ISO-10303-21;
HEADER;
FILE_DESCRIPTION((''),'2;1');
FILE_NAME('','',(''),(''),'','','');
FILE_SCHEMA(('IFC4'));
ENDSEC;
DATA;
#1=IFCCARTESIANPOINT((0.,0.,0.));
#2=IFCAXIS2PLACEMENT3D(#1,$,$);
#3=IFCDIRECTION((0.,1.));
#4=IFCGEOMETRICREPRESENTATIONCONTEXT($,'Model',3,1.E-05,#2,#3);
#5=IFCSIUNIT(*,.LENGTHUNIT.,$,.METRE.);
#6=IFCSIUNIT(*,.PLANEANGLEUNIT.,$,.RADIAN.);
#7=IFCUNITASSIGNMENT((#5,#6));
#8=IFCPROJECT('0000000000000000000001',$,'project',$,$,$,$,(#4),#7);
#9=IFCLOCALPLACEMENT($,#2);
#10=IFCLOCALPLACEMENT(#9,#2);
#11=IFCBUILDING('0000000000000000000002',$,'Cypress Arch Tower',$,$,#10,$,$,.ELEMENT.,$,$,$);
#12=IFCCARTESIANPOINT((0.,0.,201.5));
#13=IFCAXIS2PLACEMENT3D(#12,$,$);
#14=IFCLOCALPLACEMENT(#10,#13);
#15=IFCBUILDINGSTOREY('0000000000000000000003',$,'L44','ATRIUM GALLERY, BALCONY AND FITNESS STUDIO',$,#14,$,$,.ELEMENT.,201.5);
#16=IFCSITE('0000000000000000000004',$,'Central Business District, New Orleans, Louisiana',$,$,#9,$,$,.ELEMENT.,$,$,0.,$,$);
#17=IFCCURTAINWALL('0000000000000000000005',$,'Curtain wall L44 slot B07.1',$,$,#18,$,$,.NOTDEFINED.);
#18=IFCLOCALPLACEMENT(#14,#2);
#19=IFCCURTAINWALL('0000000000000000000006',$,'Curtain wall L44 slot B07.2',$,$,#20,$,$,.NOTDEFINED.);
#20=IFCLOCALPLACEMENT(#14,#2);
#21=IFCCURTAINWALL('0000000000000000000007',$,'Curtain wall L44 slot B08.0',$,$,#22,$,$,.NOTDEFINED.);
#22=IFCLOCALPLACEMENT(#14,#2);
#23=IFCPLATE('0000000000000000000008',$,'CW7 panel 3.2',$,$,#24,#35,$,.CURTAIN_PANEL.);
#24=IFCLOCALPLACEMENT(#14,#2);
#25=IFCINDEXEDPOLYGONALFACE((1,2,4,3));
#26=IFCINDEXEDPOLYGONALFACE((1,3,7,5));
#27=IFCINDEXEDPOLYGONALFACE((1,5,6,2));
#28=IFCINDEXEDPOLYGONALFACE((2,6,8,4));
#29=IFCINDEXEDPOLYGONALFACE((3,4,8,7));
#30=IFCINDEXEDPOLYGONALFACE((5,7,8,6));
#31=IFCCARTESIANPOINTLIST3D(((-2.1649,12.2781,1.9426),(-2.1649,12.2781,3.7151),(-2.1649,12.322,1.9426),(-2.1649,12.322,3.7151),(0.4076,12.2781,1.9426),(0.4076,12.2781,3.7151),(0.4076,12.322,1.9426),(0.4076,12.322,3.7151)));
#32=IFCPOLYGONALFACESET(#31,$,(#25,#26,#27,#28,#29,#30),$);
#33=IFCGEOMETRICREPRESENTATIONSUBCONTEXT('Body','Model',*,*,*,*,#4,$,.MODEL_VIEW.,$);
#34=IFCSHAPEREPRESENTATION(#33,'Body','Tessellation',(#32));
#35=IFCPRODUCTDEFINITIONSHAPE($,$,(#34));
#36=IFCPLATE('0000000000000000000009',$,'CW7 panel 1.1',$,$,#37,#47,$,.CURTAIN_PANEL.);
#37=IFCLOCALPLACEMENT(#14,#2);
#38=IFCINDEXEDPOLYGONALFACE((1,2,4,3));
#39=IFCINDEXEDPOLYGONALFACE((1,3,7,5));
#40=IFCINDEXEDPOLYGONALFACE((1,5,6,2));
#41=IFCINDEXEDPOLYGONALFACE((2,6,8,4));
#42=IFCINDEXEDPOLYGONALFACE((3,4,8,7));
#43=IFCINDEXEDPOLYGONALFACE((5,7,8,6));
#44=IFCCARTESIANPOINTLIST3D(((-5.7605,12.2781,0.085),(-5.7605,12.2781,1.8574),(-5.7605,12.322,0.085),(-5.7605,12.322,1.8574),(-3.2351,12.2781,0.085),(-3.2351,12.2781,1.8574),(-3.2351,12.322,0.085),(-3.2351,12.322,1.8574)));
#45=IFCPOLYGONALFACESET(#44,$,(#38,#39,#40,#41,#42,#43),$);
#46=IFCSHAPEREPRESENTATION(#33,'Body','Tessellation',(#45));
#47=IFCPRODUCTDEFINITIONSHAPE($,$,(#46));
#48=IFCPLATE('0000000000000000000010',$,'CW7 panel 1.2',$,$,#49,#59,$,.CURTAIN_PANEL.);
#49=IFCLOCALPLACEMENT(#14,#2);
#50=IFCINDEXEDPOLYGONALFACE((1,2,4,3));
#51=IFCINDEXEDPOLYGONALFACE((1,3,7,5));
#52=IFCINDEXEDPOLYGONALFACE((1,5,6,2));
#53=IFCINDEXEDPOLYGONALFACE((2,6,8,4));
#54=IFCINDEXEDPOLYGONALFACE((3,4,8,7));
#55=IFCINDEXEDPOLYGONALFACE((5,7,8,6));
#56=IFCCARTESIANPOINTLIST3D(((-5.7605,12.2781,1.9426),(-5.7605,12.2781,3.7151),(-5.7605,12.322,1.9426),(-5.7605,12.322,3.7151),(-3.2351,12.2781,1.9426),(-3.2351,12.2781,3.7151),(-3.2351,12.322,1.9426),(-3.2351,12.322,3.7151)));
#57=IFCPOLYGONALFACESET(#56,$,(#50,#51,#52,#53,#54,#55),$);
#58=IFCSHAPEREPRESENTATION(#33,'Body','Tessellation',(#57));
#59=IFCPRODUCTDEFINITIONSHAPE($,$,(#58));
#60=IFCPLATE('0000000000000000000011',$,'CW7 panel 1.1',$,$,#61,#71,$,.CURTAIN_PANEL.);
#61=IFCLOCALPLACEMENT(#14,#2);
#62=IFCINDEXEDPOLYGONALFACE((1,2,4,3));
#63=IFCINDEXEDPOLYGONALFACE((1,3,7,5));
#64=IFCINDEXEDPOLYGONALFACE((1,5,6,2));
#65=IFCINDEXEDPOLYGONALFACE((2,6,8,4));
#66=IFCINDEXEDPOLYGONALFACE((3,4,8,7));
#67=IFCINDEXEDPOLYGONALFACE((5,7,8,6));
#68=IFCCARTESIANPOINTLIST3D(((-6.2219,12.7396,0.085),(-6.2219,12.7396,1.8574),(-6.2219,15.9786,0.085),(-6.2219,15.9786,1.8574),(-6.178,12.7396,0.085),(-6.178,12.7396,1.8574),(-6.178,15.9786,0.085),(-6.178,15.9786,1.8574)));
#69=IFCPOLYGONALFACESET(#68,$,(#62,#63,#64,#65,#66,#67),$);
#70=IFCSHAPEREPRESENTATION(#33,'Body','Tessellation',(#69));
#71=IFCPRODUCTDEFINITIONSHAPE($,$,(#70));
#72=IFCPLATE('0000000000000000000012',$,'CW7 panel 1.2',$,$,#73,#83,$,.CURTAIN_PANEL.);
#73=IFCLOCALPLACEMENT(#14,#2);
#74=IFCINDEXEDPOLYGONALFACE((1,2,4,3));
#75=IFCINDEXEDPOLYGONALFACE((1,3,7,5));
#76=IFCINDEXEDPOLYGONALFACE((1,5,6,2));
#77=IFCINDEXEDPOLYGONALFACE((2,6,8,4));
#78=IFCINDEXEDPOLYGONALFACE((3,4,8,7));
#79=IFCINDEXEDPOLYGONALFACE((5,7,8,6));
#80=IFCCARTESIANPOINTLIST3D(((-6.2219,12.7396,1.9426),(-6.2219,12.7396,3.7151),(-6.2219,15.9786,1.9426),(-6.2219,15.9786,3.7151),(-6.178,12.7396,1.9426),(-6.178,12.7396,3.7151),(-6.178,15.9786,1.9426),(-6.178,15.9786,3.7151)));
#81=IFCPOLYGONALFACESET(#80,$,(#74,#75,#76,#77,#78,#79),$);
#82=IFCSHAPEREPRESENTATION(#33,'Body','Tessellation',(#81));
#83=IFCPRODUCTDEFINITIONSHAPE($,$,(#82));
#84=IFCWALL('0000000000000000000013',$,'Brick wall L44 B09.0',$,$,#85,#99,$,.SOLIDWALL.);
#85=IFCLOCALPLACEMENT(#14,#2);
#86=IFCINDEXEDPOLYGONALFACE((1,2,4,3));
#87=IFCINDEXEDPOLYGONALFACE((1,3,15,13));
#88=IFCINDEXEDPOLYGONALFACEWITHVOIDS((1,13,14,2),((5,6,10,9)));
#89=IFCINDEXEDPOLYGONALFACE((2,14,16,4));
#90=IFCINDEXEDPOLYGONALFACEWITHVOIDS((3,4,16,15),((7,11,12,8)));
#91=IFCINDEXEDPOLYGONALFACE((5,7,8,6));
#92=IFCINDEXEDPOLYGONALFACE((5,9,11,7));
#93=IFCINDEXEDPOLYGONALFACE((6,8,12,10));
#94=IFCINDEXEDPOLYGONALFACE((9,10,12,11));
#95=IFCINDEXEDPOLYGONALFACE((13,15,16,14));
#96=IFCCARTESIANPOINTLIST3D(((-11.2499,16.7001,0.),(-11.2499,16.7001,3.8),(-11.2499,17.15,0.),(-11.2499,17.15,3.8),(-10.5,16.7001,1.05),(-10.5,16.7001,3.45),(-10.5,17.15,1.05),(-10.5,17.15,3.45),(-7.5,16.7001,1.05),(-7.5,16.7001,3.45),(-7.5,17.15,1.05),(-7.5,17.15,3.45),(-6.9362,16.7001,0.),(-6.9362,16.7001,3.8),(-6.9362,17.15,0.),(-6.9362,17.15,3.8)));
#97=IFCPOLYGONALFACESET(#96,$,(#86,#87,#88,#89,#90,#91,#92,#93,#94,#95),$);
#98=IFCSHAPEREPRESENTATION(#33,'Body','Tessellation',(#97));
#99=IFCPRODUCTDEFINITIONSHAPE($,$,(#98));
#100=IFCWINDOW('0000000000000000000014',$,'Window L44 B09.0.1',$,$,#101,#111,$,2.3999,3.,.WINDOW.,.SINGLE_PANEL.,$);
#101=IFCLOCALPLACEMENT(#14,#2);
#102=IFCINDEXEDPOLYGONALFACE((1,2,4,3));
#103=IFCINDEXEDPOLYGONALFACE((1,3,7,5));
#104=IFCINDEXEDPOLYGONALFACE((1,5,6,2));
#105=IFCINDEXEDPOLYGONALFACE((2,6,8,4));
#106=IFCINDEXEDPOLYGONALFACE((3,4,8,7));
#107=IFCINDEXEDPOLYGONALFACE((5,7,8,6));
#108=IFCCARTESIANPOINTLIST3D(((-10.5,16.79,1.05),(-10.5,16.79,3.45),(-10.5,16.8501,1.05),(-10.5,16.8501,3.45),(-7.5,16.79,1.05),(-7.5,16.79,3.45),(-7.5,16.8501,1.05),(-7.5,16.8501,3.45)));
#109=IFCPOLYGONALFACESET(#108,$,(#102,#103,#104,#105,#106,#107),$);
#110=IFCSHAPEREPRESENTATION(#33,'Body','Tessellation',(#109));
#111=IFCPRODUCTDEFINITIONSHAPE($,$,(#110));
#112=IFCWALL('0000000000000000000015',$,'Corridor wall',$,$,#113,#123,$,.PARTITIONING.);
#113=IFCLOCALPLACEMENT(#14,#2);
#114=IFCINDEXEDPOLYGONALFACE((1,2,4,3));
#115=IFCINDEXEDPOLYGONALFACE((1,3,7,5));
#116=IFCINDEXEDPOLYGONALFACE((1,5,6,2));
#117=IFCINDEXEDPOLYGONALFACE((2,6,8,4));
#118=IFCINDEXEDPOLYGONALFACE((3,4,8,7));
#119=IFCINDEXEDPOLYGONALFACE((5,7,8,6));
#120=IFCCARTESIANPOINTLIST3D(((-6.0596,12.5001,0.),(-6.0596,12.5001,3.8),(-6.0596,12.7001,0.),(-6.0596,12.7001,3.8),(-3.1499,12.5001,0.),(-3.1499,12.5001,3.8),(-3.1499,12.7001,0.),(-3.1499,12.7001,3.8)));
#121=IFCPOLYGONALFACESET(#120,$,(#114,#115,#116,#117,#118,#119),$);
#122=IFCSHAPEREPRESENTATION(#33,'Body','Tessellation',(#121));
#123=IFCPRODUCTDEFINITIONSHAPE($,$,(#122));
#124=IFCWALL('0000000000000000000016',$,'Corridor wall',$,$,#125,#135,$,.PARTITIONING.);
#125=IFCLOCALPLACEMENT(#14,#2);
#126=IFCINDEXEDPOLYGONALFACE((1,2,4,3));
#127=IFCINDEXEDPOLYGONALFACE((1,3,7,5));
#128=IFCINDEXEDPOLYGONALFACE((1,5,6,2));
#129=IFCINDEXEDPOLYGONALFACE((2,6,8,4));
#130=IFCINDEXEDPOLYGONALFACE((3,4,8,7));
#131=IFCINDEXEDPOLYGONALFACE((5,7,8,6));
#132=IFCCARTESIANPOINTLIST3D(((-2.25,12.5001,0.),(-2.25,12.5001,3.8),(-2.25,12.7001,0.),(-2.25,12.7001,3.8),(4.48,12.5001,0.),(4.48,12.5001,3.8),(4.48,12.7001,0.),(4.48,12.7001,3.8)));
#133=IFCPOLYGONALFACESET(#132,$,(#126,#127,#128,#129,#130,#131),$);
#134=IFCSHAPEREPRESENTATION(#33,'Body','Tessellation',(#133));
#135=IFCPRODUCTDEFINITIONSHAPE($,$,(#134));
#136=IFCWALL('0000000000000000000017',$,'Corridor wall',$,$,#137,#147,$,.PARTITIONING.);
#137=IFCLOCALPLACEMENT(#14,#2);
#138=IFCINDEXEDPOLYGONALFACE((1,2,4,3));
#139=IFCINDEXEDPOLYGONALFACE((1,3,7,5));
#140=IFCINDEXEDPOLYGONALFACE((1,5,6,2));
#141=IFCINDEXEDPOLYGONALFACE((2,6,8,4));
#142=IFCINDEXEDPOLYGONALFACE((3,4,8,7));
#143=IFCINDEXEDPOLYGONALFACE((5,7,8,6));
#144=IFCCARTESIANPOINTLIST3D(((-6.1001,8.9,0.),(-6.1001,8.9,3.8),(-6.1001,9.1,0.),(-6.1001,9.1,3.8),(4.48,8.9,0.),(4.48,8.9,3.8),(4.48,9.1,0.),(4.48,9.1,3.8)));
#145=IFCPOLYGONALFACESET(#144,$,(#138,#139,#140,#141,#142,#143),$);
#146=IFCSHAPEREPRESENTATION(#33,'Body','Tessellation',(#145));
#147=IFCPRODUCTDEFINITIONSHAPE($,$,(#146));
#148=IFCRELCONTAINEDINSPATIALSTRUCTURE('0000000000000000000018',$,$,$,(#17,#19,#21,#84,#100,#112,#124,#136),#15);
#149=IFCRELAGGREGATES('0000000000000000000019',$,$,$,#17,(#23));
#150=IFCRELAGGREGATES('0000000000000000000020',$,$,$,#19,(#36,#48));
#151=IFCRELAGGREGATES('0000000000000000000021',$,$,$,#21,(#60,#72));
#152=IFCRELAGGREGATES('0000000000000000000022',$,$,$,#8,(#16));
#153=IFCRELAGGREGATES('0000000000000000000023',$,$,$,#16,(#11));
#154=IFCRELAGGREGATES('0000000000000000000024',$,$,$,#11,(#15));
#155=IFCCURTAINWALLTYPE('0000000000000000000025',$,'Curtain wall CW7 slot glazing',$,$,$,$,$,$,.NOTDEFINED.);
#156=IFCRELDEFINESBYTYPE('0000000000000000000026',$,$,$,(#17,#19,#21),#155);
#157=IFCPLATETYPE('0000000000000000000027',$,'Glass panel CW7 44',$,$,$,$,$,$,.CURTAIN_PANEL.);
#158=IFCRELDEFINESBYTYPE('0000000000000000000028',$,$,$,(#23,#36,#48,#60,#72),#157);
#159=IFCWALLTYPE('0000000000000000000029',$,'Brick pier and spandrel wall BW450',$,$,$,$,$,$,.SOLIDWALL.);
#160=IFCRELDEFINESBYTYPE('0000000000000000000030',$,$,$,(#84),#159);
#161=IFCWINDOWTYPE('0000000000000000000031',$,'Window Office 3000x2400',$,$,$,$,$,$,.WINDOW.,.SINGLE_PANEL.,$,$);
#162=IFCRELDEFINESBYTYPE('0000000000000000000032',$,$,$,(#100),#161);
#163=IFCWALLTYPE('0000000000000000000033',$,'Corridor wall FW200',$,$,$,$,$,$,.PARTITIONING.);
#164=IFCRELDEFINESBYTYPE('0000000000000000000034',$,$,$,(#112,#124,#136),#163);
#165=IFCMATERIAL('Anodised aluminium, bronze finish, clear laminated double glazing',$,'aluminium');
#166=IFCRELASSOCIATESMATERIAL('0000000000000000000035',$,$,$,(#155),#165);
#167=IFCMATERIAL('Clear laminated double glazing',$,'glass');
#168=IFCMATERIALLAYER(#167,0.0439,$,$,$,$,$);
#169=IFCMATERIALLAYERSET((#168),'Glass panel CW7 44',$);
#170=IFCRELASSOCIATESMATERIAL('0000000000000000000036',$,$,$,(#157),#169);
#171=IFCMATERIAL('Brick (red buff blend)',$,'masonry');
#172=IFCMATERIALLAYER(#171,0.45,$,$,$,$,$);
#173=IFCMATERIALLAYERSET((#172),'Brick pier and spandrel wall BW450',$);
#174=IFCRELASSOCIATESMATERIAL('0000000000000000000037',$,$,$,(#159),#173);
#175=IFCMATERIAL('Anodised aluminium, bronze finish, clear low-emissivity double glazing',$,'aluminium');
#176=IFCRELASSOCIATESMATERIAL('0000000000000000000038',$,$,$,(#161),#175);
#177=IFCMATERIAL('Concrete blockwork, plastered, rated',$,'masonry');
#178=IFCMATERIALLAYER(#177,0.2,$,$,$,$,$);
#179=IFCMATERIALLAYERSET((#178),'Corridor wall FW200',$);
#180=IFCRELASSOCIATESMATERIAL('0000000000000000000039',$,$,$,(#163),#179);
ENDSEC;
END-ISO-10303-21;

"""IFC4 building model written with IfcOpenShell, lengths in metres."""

from ifc_helpers import new_model, si_unit, direction, frame, frame_2d, origin, origin_2d, place, context, subcontext, project, spatial, rectangle, extrude, material, layer, layer_set, type_object, element, fill, aggregate, save


model = new_model("IFC4")

# Units and contexts
model_context = context("Model", 3, precision=1e-05, world=origin(), true_north=direction((0.0, 1.0)))
body_context = subcontext(model_context, "Body", "Model", "MODEL_VIEW")
ifc_project = project(units=[si_unit("LENGTHUNIT", "METRE"), si_unit("PLANEANGLEUNIT", "RADIAN")], contexts=[model_context])

# Site, building, storey
site_placement = place(None, origin())
site = spatial("IfcSite", under=ifc_project, at=site_placement, Name="Central Business District, New Orleans, Louisiana", CompositionType="ELEMENT", RefElevation=0.0)
building_placement = place(site_placement, origin())
building = spatial("IfcBuilding", under=site, at=building_placement, Name="Cypress Arch Tower", CompositionType="ELEMENT")
storey_placement = place(building_placement, frame((0.0, 0.0, 201.5)))
storey = spatial("IfcBuildingStorey", under=building, at=storey_placement, Name="L44", Description="ATRIUM GALLERY, BALCONY AND FITNESS STUDIO", CompositionType="ELEMENT", Elevation=201.5)

# Curtain wall
ifc_material_1 = material(Name="Anodised aluminium, bronze finish, clear laminated double glazing", Category="aluminium")
curtain_wall_type = type_object("IfcCurtainWallType", Name="Curtain wall CW7 slot glazing", PredefinedType="NOTDEFINED", material=ifc_material_1)
curtain_wall_1_placement = place(storey_placement, origin())
curtain_wall_1 = element("IfcCurtainWall", 1, at=curtain_wall_1_placement, inside=storey, type_object=curtain_wall_type, Name="Curtain wall L44 slot B07.1", PredefinedType="NOTDEFINED")

# Curtain walls
curtain_wall_2_placement = place(storey_placement, origin())
curtain_wall_2 = element("IfcCurtainWall", 2, at=curtain_wall_2_placement, inside=storey, type_object=curtain_wall_type, Name="Curtain wall L44 slot B07.2", PredefinedType="NOTDEFINED")
curtain_wall_3_placement = place(storey_placement, origin())
curtain_wall_3 = element("IfcCurtainWall", 3, at=curtain_wall_3_placement, inside=storey, type_object=curtain_wall_type, Name="Curtain wall L44 slot B08.0", PredefinedType="NOTDEFINED")

# Plates
ifc_material_2 = material(Name="Clear laminated double glazing", Category="glass")
ifc_layer_1 = layer(ifc_material_2, 0.0439)
ifc_layer_set_1 = layer_set([ifc_layer_1], Name="Glass panel CW7 44")
plate_type = type_object("IfcPlateType", Name="Glass panel CW7 44", PredefinedType="CURTAIN_PANEL", material=ifc_layer_set_1)
plate_1_placement = place(storey_placement, frame((-0.8787, 12.3, 1.9426), z_axis=(0.0, 0.0, 1.0), x_axis=(-1.0, 0.0, 0.0)))
plate_1 = element("IfcPlate", 4, at=plate_1_placement, type_object=plate_type, Name="CW7 panel 3.2", PredefinedType="CURTAIN_PANEL", context=body_context, shape_type="SweptSolid", body=[
    extrude(rectangle(XDim=2.5725, YDim=0.0439, at=origin_2d()), origin(), (0.0, 0.0, 1.0), 1.7725),
])
aggregate(curtain_wall_1, [plate_1])
plate_2_placement = place(storey_placement, frame((-4.4978, 12.3, 0.085), z_axis=(0.0, 0.0, 1.0), x_axis=(-1.0, 0.0, 0.0)))
plate_2 = element("IfcPlate", 5, at=plate_2_placement, type_object=plate_type, Name="CW7 panel 1.1", PredefinedType="CURTAIN_PANEL", context=body_context, shape_type="SweptSolid", body=[
    extrude(rectangle(XDim=2.5254, YDim=0.0439, at=origin_2d()), origin(), (0.0, 0.0, 1.0), 1.7725),
])
plate_3_placement = place(storey_placement, frame((-4.4978, 12.3, 1.9426), z_axis=(0.0, 0.0, 1.0), x_axis=(-1.0, 0.0, 0.0)))
plate_3 = element("IfcPlate", 6, at=plate_3_placement, type_object=plate_type, Name="CW7 panel 1.2", PredefinedType="CURTAIN_PANEL", context=body_context, shape_type="SweptSolid", body=[
    extrude(rectangle(XDim=2.5254, YDim=0.0439, at=origin_2d()), origin(), (0.0, 0.0, 1.0), 1.7725),
])
aggregate(curtain_wall_2, [plate_2, plate_3])
plate_4_placement = place(storey_placement, frame((-6.2, 14.3591, 0.085), z_axis=(0.0, 0.0, 1.0), x_axis=(0.0, 1.0, 0.0)))
plate_4 = element("IfcPlate", 7, at=plate_4_placement, type_object=plate_type, Name="CW7 panel 1.1", PredefinedType="CURTAIN_PANEL", context=body_context, shape_type="SweptSolid", body=[
    extrude(rectangle(XDim=3.239, YDim=0.0439, at=origin_2d()), origin(), (0.0, 0.0, 1.0), 1.7725),
])
plate_5_placement = place(storey_placement, frame((-6.2, 14.3591, 1.9426), z_axis=(0.0, 0.0, 1.0), x_axis=(0.0, 1.0, 0.0)))
plate_5 = element("IfcPlate", 8, at=plate_5_placement, type_object=plate_type, Name="CW7 panel 1.2", PredefinedType="CURTAIN_PANEL", context=body_context, shape_type="SweptSolid", body=[
    extrude(rectangle(XDim=3.239, YDim=0.0439, at=origin_2d()), origin(), (0.0, 0.0, 1.0), 1.7725),
])
aggregate(curtain_wall_3, [plate_4, plate_5])

# Wall, opening, window
ifc_material_3 = material(Name="Brick (red buff blend)", Category="masonry")
ifc_layer_2 = layer(ifc_material_3, 0.45)
ifc_layer_set_2 = layer_set([ifc_layer_2], Name="Brick pier and spandrel wall BW450")
wall_type_1 = type_object("IfcWallType", Name="Brick pier and spandrel wall BW450", PredefinedType="SOLIDWALL", material=ifc_layer_set_2)
wall_1_placement = place(storey_placement, frame((-6.9363, 16.925, 0.0), z_axis=(0.0, 0.0, 1.0), x_axis=(-1.0, 0.0, 0.0)))
wall_1 = element("IfcWall", 9, at=wall_1_placement, inside=storey, type_object=wall_type_1, Name="Brick wall L44 B09.0", PredefinedType="SOLIDWALL", context=body_context, shape_type="SweptSolid", body=[
    extrude(rectangle(XDim=4.3137, YDim=0.45, at=frame_2d((2.1567, 0.0))), origin(), (0.0, 0.0, 1.0), 3.8),
])
opening_1_placement = place(wall_1_placement, frame((0.5637, 0.0, 1.05)))
opening_1 = element("IfcOpeningElement", 10, at=opening_1_placement, cuts=wall_1, PredefinedType="OPENING", context=body_context, shape_type="SweptSolid", body=[
    extrude(rectangle(XDim=3.0, YDim=2.3999, at=frame_2d((1.5, 1.2))), frame((0.0, 0.2349, 0.0), z_axis=(0.0, -1.0, 0.0), x_axis=(1.0, 0.0, 0.0)), (0.0, 0.0, 1.0), 0.47),
])
ifc_material_4 = material(Name="Anodised aluminium, bronze finish, clear low-emissivity double glazing", Category="aluminium")
window_type = type_object("IfcWindowType", Name="Window Office 3000x2400", PartitioningType="SINGLE_PANEL", PredefinedType="WINDOW", material=ifc_material_4)
window_placement = place(opening_1_placement, origin())
window = element("IfcWindow", 11, at=window_placement, inside=storey, type_object=window_type, Name="Window L44 B09.0.1", OverallHeight=2.3999, OverallWidth=3.0, PartitioningType="SINGLE_PANEL", PredefinedType="WINDOW", context=body_context, shape_type="SweptSolid", body=[
    extrude(rectangle(XDim=3.0, YDim=2.3999, at=frame_2d((1.5, 1.2))), frame((0.0, 0.135, 0.0), z_axis=(0.0, -1.0, 0.0), x_axis=(1.0, 0.0, 0.0)), (0.0, 0.0, 1.0), 0.0601),
])
fill(opening_1, window)

# Shared definitions
ifc_material_5 = material(Name="Concrete blockwork, plastered, rated", Category="masonry")
ifc_layer_3 = layer(ifc_material_5, 0.2)
ifc_layer_set_3 = layer_set([ifc_layer_3], Name="Corridor wall FW200")
wall_type_2 = type_object("IfcWallType", Name="Corridor wall FW200", PredefinedType="PARTITIONING", material=ifc_layer_set_3)

# Walls
wall_2_placement = place(storey_placement, frame((-6.0596, 12.6001, 0.0), z_axis=(0.0, 0.0, 1.0), x_axis=(1.0, 0.0, 0.0)))
element("IfcWall", 12, at=wall_2_placement, inside=storey, type_object=wall_type_2, Name="Corridor wall", PredefinedType="PARTITIONING", context=body_context, shape_type="SweptSolid", body=[
    extrude(rectangle(XDim=2.9097, YDim=0.2, at=frame_2d((1.4548, 0.0))), origin(), (0.0, 0.0, 1.0), 3.8),
])
wall_3_placement = place(storey_placement, frame((-2.25, 12.6001, 0.0), z_axis=(0.0, 0.0, 1.0), x_axis=(1.0, 0.0, 0.0)))
element("IfcWall", 13, at=wall_3_placement, inside=storey, type_object=wall_type_2, Name="Corridor wall", PredefinedType="PARTITIONING", context=body_context, shape_type="SweptSolid", body=[
    extrude(rectangle(XDim=6.73, YDim=0.2, at=frame_2d((3.365, 0.0))), origin(), (0.0, 0.0, 1.0), 3.8),
])
wall_4_placement = place(storey_placement, frame((-6.1001, 9.0, 0.0), z_axis=(0.0, 0.0, 1.0), x_axis=(1.0, 0.0, 0.0)))
element("IfcWall", 14, at=wall_4_placement, inside=storey, type_object=wall_type_2, Name="Corridor wall", PredefinedType="PARTITIONING", context=body_context, shape_type="SweptSolid", body=[
    extrude(rectangle(XDim=10.5801, YDim=0.2, at=frame_2d((5.29, 0.0))), origin(), (0.0, 0.0, 1.0), 3.8),
])

save(model, "model.ifc")
